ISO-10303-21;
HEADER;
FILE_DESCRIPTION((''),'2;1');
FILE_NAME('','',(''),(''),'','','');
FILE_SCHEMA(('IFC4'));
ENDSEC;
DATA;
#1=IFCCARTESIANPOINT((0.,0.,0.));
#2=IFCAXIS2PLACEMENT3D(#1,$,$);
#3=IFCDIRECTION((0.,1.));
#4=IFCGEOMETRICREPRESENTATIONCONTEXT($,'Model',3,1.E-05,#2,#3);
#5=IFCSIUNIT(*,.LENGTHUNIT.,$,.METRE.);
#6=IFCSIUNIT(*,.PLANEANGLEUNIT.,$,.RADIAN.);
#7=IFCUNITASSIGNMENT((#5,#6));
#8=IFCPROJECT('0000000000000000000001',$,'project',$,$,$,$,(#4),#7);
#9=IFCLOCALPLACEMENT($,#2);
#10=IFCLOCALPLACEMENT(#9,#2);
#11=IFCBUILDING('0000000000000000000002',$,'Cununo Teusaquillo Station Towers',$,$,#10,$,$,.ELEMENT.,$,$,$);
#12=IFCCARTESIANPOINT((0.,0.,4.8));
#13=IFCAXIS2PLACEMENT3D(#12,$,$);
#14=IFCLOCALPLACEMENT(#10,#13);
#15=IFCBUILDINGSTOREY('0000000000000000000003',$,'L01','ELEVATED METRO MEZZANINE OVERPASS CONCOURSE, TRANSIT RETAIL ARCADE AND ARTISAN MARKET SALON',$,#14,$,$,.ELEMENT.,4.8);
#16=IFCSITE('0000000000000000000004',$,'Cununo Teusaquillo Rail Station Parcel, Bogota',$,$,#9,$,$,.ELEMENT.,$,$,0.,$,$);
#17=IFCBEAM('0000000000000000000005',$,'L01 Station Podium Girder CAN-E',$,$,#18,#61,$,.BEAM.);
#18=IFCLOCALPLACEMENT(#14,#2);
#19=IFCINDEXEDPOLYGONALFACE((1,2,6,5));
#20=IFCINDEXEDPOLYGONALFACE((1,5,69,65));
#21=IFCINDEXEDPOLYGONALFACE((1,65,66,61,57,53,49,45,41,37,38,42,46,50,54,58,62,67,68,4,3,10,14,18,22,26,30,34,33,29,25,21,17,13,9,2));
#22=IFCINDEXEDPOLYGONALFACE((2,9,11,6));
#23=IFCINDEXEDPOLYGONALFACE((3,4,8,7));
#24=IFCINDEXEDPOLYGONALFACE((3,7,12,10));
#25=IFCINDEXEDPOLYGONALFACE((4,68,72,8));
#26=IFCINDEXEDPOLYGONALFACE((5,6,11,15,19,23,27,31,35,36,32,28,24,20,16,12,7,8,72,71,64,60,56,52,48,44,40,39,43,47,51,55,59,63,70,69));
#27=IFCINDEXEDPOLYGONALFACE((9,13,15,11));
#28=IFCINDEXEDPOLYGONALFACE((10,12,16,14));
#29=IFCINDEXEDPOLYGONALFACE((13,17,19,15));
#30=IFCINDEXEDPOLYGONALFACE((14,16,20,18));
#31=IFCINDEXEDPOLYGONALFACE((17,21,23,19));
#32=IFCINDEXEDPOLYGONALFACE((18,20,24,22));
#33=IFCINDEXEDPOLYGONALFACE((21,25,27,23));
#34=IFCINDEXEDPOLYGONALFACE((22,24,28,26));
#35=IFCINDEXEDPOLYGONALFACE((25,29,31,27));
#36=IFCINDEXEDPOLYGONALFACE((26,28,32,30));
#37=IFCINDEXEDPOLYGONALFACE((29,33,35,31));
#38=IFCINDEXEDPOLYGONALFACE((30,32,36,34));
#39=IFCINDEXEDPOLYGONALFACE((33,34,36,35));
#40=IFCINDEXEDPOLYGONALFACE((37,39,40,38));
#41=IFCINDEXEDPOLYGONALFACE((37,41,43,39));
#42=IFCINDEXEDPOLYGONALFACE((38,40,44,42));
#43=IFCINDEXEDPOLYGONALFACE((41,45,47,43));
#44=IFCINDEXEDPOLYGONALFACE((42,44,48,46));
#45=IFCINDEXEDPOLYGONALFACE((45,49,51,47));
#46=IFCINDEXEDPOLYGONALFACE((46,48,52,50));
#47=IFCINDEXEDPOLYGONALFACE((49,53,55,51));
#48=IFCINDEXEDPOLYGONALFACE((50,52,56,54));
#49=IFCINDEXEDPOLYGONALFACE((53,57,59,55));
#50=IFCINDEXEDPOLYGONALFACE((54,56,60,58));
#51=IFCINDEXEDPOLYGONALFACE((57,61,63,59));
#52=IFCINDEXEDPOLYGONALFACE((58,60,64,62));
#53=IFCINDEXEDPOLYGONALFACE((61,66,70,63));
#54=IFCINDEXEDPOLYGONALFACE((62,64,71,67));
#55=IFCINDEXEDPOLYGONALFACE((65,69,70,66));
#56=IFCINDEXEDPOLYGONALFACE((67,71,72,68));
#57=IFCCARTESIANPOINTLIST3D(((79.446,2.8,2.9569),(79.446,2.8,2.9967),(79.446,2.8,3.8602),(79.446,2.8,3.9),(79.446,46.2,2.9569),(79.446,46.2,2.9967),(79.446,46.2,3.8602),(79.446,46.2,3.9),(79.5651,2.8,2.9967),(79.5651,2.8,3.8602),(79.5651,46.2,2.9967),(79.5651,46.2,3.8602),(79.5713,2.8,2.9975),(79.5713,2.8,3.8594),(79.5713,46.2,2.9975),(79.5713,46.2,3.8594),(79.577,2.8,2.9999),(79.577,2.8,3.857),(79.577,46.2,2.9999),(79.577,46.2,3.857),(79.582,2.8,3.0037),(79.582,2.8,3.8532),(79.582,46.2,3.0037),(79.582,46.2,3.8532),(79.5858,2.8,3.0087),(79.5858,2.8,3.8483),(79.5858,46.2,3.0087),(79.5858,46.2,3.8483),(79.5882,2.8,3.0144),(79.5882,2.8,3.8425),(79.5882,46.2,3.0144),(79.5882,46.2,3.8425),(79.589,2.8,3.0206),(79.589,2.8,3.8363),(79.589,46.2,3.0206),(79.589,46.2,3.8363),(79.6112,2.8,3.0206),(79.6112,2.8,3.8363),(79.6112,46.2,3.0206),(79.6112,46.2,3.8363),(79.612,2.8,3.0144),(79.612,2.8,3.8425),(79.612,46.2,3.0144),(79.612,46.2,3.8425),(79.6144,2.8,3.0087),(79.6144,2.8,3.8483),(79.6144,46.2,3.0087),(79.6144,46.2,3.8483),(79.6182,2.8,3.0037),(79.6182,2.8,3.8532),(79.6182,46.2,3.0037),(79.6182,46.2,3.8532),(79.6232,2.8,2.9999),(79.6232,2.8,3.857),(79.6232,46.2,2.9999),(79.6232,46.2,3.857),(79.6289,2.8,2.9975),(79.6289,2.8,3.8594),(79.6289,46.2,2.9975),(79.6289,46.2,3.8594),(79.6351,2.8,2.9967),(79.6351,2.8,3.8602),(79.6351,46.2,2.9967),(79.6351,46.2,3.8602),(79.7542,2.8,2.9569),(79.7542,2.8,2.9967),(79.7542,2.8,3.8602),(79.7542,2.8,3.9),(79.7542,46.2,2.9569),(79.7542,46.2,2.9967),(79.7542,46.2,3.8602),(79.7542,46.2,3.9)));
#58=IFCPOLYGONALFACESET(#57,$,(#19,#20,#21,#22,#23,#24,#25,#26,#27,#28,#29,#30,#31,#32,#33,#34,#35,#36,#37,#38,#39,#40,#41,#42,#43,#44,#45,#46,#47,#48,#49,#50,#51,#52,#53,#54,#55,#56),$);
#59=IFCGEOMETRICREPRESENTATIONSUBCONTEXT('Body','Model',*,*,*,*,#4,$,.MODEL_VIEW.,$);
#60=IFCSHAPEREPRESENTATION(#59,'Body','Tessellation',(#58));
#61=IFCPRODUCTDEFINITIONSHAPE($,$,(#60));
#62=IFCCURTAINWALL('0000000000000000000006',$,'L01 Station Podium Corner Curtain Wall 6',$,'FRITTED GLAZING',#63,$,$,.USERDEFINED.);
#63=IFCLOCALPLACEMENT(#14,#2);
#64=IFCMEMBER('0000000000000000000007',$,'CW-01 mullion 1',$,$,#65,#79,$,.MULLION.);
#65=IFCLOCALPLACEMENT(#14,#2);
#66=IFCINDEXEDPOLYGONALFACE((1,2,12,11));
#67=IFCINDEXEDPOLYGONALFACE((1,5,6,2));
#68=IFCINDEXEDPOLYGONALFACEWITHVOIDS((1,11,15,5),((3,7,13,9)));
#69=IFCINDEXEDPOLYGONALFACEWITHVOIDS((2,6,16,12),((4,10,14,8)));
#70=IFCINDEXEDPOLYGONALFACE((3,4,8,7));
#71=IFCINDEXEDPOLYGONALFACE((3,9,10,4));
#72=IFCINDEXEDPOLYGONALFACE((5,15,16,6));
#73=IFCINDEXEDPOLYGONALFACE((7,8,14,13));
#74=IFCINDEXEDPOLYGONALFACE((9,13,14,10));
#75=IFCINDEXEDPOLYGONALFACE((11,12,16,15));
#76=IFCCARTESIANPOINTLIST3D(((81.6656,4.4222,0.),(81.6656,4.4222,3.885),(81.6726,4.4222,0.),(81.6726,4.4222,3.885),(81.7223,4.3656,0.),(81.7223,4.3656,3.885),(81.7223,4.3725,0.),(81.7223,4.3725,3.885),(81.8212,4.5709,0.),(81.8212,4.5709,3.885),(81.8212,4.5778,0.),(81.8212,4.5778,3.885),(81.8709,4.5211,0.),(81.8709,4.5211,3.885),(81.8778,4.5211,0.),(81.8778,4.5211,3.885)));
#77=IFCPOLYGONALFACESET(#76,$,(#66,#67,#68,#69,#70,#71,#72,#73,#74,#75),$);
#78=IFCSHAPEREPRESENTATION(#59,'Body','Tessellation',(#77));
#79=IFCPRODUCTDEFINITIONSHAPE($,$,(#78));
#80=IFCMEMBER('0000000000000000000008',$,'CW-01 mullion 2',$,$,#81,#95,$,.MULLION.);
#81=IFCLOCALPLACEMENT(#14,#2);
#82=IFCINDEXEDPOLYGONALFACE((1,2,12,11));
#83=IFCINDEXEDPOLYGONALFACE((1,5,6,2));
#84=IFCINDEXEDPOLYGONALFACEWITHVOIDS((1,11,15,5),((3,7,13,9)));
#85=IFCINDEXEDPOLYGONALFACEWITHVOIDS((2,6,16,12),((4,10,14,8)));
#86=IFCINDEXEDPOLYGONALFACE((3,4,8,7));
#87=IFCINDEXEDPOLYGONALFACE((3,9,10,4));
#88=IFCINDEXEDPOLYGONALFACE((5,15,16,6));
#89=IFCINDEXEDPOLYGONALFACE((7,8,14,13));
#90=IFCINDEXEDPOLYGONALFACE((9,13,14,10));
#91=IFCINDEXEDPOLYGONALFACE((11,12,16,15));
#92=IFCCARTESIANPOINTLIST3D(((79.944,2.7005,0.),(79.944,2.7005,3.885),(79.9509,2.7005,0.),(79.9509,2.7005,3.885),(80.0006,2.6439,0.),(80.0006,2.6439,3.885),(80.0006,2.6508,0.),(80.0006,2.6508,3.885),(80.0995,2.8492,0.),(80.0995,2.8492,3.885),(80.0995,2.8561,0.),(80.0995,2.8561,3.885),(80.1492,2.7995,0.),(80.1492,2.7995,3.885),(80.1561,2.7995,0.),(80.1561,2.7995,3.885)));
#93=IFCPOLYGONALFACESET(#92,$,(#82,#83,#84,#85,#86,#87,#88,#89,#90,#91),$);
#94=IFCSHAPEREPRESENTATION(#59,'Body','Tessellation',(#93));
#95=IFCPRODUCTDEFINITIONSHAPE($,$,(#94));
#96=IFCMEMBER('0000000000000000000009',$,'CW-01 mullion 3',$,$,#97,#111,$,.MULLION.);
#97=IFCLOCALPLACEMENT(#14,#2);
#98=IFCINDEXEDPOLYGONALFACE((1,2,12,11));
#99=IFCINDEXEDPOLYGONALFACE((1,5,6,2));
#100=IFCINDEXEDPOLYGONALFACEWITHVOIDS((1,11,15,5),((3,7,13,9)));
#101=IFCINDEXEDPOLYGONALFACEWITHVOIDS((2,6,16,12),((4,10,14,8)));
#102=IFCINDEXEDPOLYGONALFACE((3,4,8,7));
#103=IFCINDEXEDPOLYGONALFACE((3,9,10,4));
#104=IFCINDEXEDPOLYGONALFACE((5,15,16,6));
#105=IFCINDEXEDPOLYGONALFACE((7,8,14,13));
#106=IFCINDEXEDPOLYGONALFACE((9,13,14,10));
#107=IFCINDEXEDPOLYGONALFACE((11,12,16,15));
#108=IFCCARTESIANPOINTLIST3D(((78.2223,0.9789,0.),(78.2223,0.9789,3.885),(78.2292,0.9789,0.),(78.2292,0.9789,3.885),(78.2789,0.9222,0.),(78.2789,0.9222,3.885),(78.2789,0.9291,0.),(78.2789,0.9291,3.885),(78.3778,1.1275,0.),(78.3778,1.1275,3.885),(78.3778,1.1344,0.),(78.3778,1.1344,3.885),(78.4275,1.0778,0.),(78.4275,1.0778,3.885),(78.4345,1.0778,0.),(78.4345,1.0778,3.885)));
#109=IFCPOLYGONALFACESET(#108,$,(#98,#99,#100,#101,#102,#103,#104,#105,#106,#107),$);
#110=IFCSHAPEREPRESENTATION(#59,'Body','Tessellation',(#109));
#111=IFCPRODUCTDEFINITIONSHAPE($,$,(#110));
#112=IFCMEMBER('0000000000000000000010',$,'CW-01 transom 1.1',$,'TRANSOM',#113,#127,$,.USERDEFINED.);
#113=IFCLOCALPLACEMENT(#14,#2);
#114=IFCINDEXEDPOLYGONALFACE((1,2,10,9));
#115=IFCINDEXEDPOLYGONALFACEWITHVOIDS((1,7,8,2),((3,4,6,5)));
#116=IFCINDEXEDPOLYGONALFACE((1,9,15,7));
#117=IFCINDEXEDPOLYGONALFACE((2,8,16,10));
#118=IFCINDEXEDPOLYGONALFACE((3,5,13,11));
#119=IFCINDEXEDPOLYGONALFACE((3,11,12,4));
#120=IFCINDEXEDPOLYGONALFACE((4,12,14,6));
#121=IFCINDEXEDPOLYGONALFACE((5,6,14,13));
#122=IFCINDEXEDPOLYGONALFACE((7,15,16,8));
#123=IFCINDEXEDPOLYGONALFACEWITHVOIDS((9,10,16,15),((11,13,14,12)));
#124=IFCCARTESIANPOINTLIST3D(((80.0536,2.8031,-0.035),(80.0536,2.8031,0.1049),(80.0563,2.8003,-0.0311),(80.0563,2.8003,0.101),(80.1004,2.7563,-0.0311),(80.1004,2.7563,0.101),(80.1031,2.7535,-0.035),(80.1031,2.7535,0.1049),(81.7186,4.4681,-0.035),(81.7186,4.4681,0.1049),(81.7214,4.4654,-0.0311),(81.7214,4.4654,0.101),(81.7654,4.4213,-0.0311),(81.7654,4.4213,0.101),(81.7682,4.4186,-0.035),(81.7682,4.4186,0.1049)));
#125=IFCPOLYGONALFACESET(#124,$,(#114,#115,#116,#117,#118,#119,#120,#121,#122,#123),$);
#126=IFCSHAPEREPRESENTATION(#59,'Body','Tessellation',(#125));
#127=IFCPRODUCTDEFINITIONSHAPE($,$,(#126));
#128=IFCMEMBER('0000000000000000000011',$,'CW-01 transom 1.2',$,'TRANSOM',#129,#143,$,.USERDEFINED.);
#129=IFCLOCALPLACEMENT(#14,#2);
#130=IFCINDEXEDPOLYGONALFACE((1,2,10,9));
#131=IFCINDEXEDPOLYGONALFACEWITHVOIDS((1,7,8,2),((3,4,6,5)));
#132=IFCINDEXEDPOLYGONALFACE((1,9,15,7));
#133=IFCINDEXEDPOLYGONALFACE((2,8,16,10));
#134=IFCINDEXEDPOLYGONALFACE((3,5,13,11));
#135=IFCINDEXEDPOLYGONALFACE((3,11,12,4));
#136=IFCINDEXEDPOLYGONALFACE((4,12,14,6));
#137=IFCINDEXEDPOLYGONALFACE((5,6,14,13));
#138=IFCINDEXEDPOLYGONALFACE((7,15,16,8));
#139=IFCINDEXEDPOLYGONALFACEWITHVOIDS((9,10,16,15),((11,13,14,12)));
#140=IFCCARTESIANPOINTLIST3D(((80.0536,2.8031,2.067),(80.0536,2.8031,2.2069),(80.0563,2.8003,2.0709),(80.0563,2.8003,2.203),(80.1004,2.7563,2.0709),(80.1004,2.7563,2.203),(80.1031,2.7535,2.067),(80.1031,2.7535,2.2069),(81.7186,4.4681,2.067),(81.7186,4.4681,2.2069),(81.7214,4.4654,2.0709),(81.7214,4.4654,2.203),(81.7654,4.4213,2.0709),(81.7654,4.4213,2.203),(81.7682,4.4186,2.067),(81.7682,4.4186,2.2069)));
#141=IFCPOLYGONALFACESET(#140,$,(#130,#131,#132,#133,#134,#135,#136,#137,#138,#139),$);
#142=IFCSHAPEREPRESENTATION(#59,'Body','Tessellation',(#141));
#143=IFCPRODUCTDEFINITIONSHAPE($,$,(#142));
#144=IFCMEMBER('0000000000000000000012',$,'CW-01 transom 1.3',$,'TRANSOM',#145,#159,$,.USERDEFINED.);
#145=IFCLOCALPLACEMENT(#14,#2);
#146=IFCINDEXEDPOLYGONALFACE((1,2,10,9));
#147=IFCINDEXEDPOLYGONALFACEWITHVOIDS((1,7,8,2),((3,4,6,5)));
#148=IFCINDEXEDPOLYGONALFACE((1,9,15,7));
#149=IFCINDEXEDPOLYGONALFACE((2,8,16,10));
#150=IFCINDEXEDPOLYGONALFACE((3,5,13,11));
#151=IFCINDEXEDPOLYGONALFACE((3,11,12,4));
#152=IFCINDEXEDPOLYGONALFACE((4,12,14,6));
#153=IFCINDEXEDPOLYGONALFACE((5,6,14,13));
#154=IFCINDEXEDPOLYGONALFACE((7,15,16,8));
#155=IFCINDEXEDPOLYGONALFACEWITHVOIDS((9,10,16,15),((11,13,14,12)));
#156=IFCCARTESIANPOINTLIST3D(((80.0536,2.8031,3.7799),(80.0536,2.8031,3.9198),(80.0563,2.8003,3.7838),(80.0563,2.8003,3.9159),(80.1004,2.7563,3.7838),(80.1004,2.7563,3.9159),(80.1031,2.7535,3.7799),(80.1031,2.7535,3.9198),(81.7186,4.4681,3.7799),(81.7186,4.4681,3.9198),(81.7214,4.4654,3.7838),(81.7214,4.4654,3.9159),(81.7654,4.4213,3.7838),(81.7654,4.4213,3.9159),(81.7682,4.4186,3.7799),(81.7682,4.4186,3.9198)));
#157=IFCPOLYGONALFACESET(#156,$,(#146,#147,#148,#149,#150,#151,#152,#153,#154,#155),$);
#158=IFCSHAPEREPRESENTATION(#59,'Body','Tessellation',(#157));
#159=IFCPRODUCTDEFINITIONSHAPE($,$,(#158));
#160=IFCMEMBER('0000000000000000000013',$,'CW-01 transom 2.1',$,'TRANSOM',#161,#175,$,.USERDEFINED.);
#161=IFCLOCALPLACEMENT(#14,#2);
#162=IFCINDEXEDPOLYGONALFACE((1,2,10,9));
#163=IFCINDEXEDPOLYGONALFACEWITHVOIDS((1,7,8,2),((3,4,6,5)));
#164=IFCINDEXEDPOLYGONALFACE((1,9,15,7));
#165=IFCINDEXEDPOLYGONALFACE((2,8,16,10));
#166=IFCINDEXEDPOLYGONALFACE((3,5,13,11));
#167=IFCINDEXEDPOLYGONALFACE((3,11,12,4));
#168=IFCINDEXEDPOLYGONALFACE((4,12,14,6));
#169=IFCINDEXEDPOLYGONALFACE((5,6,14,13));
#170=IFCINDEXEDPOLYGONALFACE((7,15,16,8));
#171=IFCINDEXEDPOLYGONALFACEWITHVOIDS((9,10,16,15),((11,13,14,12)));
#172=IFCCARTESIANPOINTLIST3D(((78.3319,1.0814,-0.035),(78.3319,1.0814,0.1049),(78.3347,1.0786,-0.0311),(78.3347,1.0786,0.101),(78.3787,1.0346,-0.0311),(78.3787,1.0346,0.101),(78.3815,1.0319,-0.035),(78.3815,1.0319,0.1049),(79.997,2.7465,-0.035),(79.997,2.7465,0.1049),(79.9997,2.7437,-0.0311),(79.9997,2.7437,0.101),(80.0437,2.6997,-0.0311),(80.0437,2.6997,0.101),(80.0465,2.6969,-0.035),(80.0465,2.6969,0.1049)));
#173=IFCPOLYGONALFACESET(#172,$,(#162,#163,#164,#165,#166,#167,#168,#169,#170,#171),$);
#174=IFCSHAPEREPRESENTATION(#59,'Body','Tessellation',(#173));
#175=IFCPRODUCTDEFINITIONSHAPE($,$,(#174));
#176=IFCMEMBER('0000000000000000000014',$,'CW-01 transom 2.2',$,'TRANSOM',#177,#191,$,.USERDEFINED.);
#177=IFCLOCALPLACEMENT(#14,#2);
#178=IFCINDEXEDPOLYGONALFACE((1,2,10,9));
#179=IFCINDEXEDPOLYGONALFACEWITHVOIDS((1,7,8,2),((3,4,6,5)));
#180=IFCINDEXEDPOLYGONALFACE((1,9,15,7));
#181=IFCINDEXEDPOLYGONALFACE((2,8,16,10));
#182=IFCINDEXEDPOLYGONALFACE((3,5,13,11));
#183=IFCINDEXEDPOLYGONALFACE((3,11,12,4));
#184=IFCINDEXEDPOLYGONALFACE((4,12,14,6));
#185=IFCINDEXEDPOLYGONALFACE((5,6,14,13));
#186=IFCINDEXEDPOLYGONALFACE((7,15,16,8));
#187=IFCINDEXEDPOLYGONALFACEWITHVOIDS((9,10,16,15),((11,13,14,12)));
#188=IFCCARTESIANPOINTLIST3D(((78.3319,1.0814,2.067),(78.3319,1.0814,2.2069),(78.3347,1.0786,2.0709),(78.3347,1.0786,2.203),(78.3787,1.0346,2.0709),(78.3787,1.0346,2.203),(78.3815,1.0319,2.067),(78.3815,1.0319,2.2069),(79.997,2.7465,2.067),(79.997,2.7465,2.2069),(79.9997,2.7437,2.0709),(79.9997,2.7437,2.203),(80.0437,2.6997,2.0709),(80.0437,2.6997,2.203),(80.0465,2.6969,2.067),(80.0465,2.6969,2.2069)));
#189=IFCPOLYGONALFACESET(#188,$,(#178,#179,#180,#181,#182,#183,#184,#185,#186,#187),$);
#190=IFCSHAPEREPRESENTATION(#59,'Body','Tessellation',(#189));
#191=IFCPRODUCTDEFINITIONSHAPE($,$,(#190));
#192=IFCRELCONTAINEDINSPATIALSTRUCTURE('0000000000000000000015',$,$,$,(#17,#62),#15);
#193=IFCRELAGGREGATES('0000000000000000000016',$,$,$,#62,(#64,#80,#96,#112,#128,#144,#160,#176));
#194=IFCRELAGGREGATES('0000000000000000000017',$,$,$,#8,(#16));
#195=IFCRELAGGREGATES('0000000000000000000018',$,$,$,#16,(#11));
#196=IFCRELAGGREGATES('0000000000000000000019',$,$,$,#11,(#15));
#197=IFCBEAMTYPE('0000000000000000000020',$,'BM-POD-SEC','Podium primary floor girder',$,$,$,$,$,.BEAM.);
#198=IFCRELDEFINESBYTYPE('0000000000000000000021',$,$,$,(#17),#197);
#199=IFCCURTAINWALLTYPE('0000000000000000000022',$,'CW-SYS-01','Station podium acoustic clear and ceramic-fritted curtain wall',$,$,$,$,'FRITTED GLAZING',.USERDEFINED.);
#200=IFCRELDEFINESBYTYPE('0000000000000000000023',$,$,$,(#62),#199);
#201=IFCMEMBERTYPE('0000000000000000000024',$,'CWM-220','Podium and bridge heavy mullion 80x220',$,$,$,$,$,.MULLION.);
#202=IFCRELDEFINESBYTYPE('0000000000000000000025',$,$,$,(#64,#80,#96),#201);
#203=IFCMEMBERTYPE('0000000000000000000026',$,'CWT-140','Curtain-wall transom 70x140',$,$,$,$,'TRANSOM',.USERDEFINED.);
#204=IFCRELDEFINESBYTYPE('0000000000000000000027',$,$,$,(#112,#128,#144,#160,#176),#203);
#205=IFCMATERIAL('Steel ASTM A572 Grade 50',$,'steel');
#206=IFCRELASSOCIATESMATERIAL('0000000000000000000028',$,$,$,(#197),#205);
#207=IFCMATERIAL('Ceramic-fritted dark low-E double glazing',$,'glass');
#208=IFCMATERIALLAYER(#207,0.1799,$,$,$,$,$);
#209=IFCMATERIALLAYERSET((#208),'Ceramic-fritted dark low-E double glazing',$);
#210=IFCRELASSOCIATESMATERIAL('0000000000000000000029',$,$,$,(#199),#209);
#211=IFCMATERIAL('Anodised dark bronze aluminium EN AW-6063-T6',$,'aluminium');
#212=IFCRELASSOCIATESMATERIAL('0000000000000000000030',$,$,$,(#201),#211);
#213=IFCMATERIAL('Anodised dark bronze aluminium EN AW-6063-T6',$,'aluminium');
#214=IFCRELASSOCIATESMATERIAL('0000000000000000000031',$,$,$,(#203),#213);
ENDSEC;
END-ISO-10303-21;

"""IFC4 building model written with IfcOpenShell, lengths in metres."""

from ifc_helpers import new_model, si_unit, direction, frame, origin, origin_2d, place, context, subcontext, project, spatial, hollow_rectangle, i_section, extrude, material, layer, layer_set, material_profile, profile_set, type_object, element, aggregate, save


model = new_model("IFC4")

# Units and contexts
model_context = context("Model", 3, precision=1e-05, world=origin(), true_north=direction((0.0, 1.0)))
body_context = subcontext(model_context, "Body", "Model", "MODEL_VIEW")
ifc_project = project(units=[si_unit("LENGTHUNIT", "METRE"), si_unit("PLANEANGLEUNIT", "RADIAN")], contexts=[model_context])

# Site, building, storey
site_placement = place(None, origin())
site = spatial("IfcSite", under=ifc_project, at=site_placement, Name="Cununo Teusaquillo Rail Station Parcel, Bogota", CompositionType="ELEMENT", RefElevation=0.0)
building_placement = place(site_placement, origin())
building = spatial("IfcBuilding", under=site, at=building_placement, Name="Cununo Teusaquillo Station Towers", CompositionType="ELEMENT")
storey_placement = place(building_placement, frame((0.0, 0.0, 4.8)))
storey = spatial("IfcBuildingStorey", under=building, at=storey_placement, Name="L01", Description="ELEVATED METRO MEZZANINE OVERPASS CONCOURSE, TRANSIT RETAIL ARCADE AND ARTISAN MARKET SALON", CompositionType="ELEMENT", Elevation=4.8)

# Beam
ifc_material_1 = material(Name="Steel ASTM A572 Grade 50", Category="steel")
ifc_material_profile_1 = material_profile(ifc_material_1, i_section(OverallWidth=0.3081, OverallDepth=0.9431, WebThickness=0.0222, FlangeThickness=0.0398, FilletRadius=0.0239, at=origin_2d()), Name="W36X232")
ifc_profile_set_1 = profile_set([ifc_material_profile_1], Name="Steel ASTM A572 Grade 50")
beam_type_1 = type_object("IfcBeamType", Name="BM-POD-SEC", Description="Podium primary floor girder", PredefinedType="BEAM", material=ifc_profile_set_1)
beam_placement = place(storey_placement, frame((79.6001, 2.8, 3.4285), z_axis=(0.0, 1.0, 0.0), x_axis=(-1.0, 0.0, 0.0)))
element("IfcBeam", 1, at=beam_placement, inside=storey, type_object=beam_type_1, Name="L01 Station Podium Girder CAN-E", PredefinedType="BEAM", context=body_context, shape_type="SweptSolid", body=[
    extrude(i_section(OverallWidth=0.3081, OverallDepth=0.9431, WebThickness=0.0222, FlangeThickness=0.0398, FilletRadius=0.0239, at=origin_2d()), origin(), (0.0, 0.0, 1.0), 43.3999),
])

# Curtain wall, members
ifc_material_2 = material(Name="Ceramic-fritted dark low-E double glazing", Category="glass")
ifc_layer_1 = layer(ifc_material_2, 0.1799)
ifc_layer_set_1 = layer_set([ifc_layer_1], Name="Ceramic-fritted dark low-E double glazing")
curtain_wall_type = type_object("IfcCurtainWallType", Name="CW-SYS-01", Description="Station podium acoustic clear and ceramic-fritted curtain wall", ElementType="FRITTED GLAZING", PredefinedType="USERDEFINED", material=ifc_layer_set_1)
curtain_wall_placement = place(storey_placement, origin())
curtain_wall = element("IfcCurtainWall", 2, at=curtain_wall_placement, inside=storey, type_object=curtain_wall_type, Name="L01 Station Podium Corner Curtain Wall 6", ObjectType="FRITTED GLAZING", PredefinedType="USERDEFINED")
ifc_material_3 = material(Name="Anodised dark bronze aluminium EN AW-6063-T6", Category="aluminium")
ifc_material_profile_2 = material_profile(ifc_material_3, hollow_rectangle(XDim=0.0801, YDim=0.22, WallThickness=0.0049, at=origin_2d()), Name="CW-MULL-80x220")
ifc_profile_set_2 = profile_set([ifc_material_profile_2], Name="Anodised dark bronze aluminium EN AW-6063-T6")
member_type_1 = type_object("IfcMemberType", Name="CWM-220", Description="Podium and bridge heavy mullion 80x220", PredefinedType="MULLION", material=ifc_profile_set_2)
member_1_placement = place(storey_placement, frame((81.7717, 4.4717, 0.0), z_axis=(0.0, 0.0, 1.0), x_axis=(0.707107, -0.707107, 0.0)))
member_1 = element("IfcMember", 3, at=member_1_placement, type_object=member_type_1, Name="CW-01 mullion 1", PredefinedType="MULLION", context=body_context, shape_type="SweptSolid", body=[
    extrude(hollow_rectangle(XDim=0.0801, YDim=0.22, WallThickness=0.0049, at=origin_2d()), origin(), (0.0, 0.0, 1.0), 3.885),
])
member_2_placement = place(storey_placement, frame((80.05, 2.75, 0.0), z_axis=(0.0, 0.0, 1.0), x_axis=(0.707107, -0.707107, 0.0)))
member_2 = element("IfcMember", 4, at=member_2_placement, type_object=member_type_1, Name="CW-01 mullion 2", PredefinedType="MULLION", context=body_context, shape_type="SweptSolid", body=[
    extrude(hollow_rectangle(XDim=0.0801, YDim=0.22, WallThickness=0.0049, at=origin_2d()), origin(), (0.0, 0.0, 1.0), 3.885),
])
member_3_placement = place(storey_placement, frame((78.3284, 1.0283, 0.0), z_axis=(0.0, 0.0, 1.0), x_axis=(0.707107, -0.707107, 0.0)))
member_3 = element("IfcMember", 5, at=member_3_placement, type_object=member_type_1, Name="CW-01 mullion 3", PredefinedType="MULLION", context=body_context, shape_type="SweptSolid", body=[
    extrude(hollow_rectangle(XDim=0.0801, YDim=0.22, WallThickness=0.0049, at=origin_2d()), origin(), (0.0, 0.0, 1.0), 3.885),
])
ifc_material_4 = material(Name="Anodised dark bronze aluminium EN AW-6063-T6", Category="aluminium")
ifc_material_profile_3 = material_profile(ifc_material_4, hollow_rectangle(XDim=0.0701, YDim=0.1399, WallThickness=0.0039, at=origin_2d()), Name="CW-TRAN-70x140")
ifc_profile_set_3 = profile_set([ifc_material_profile_3], Name="Anodised dark bronze aluminium EN AW-6063-T6")
member_type_2 = type_object("IfcMemberType", Name="CWT-140", Description="Curtain-wall transom 70x140", ElementType="TRANSOM", PredefinedType="USERDEFINED", material=ifc_profile_set_3)
member_4_placement = place(storey_placement, frame((81.7434, 4.4434, 0.0349), z_axis=(-0.707107, -0.707107, 0.0), x_axis=(0.707107, -0.707107, 0.0)))
member_4 = element("IfcMember", 6, at=member_4_placement, type_object=member_type_2, Name="CW-01 transom 1.1", ObjectType="TRANSOM", PredefinedType="USERDEFINED", context=body_context, shape_type="SweptSolid", body=[
    extrude(hollow_rectangle(XDim=0.0701, YDim=0.1399, WallThickness=0.0039, at=origin_2d()), origin(), (0.0, 0.0, 1.0), 2.3547),
])
member_5_placement = place(storey_placement, frame((81.7434, 4.4434, 2.137), z_axis=(-0.707107, -0.707107, 0.0), x_axis=(0.707107, -0.707107, 0.0)))
member_5 = element("IfcMember", 7, at=member_5_placement, type_object=member_type_2, Name="CW-01 transom 1.2", ObjectType="TRANSOM", PredefinedType="USERDEFINED", context=body_context, shape_type="SweptSolid", body=[
    extrude(hollow_rectangle(XDim=0.0701, YDim=0.1399, WallThickness=0.0039, at=origin_2d()), origin(), (0.0, 0.0, 1.0), 2.3547),
])
member_6_placement = place(storey_placement, frame((81.7434, 4.4434, 3.8499), z_axis=(-0.707107, -0.707107, 0.0), x_axis=(0.707107, -0.707107, 0.0)))
member_6 = element("IfcMember", 8, at=member_6_placement, type_object=member_type_2, Name="CW-01 transom 1.3", ObjectType="TRANSOM", PredefinedType="USERDEFINED", context=body_context, shape_type="SweptSolid", body=[
    extrude(hollow_rectangle(XDim=0.0701, YDim=0.1399, WallThickness=0.0039, at=origin_2d()), origin(), (0.0, 0.0, 1.0), 2.3547),
])
member_7_placement = place(storey_placement, frame((80.0217, 2.7217, 0.0349), z_axis=(-0.707107, -0.707107, 0.0), x_axis=(0.707107, -0.707107, 0.0)))
member_7 = element("IfcMember", 9, at=member_7_placement, type_object=member_type_2, Name="CW-01 transom 2.1", ObjectType="TRANSOM", PredefinedType="USERDEFINED", context=body_context, shape_type="SweptSolid", body=[
    extrude(hollow_rectangle(XDim=0.0701, YDim=0.1399, WallThickness=0.0039, at=origin_2d()), origin(), (0.0, 0.0, 1.0), 2.3547),
])
member_8_placement = place(storey_placement, frame((80.0217, 2.7217, 2.137), z_axis=(-0.707107, -0.707107, 0.0), x_axis=(0.707107, -0.707107, 0.0)))
member_8 = element("IfcMember", 10, at=member_8_placement, type_object=member_type_2, Name="CW-01 transom 2.2", ObjectType="TRANSOM", PredefinedType="USERDEFINED", context=body_context, shape_type="SweptSolid", body=[
    extrude(hollow_rectangle(XDim=0.0701, YDim=0.1399, WallThickness=0.0039, at=origin_2d()), origin(), (0.0, 0.0, 1.0), 2.3547),
])
aggregate(curtain_wall, [member_1, member_2, member_3, member_4, member_5, member_6, member_7, member_8])

save(model, "model.ifc")
